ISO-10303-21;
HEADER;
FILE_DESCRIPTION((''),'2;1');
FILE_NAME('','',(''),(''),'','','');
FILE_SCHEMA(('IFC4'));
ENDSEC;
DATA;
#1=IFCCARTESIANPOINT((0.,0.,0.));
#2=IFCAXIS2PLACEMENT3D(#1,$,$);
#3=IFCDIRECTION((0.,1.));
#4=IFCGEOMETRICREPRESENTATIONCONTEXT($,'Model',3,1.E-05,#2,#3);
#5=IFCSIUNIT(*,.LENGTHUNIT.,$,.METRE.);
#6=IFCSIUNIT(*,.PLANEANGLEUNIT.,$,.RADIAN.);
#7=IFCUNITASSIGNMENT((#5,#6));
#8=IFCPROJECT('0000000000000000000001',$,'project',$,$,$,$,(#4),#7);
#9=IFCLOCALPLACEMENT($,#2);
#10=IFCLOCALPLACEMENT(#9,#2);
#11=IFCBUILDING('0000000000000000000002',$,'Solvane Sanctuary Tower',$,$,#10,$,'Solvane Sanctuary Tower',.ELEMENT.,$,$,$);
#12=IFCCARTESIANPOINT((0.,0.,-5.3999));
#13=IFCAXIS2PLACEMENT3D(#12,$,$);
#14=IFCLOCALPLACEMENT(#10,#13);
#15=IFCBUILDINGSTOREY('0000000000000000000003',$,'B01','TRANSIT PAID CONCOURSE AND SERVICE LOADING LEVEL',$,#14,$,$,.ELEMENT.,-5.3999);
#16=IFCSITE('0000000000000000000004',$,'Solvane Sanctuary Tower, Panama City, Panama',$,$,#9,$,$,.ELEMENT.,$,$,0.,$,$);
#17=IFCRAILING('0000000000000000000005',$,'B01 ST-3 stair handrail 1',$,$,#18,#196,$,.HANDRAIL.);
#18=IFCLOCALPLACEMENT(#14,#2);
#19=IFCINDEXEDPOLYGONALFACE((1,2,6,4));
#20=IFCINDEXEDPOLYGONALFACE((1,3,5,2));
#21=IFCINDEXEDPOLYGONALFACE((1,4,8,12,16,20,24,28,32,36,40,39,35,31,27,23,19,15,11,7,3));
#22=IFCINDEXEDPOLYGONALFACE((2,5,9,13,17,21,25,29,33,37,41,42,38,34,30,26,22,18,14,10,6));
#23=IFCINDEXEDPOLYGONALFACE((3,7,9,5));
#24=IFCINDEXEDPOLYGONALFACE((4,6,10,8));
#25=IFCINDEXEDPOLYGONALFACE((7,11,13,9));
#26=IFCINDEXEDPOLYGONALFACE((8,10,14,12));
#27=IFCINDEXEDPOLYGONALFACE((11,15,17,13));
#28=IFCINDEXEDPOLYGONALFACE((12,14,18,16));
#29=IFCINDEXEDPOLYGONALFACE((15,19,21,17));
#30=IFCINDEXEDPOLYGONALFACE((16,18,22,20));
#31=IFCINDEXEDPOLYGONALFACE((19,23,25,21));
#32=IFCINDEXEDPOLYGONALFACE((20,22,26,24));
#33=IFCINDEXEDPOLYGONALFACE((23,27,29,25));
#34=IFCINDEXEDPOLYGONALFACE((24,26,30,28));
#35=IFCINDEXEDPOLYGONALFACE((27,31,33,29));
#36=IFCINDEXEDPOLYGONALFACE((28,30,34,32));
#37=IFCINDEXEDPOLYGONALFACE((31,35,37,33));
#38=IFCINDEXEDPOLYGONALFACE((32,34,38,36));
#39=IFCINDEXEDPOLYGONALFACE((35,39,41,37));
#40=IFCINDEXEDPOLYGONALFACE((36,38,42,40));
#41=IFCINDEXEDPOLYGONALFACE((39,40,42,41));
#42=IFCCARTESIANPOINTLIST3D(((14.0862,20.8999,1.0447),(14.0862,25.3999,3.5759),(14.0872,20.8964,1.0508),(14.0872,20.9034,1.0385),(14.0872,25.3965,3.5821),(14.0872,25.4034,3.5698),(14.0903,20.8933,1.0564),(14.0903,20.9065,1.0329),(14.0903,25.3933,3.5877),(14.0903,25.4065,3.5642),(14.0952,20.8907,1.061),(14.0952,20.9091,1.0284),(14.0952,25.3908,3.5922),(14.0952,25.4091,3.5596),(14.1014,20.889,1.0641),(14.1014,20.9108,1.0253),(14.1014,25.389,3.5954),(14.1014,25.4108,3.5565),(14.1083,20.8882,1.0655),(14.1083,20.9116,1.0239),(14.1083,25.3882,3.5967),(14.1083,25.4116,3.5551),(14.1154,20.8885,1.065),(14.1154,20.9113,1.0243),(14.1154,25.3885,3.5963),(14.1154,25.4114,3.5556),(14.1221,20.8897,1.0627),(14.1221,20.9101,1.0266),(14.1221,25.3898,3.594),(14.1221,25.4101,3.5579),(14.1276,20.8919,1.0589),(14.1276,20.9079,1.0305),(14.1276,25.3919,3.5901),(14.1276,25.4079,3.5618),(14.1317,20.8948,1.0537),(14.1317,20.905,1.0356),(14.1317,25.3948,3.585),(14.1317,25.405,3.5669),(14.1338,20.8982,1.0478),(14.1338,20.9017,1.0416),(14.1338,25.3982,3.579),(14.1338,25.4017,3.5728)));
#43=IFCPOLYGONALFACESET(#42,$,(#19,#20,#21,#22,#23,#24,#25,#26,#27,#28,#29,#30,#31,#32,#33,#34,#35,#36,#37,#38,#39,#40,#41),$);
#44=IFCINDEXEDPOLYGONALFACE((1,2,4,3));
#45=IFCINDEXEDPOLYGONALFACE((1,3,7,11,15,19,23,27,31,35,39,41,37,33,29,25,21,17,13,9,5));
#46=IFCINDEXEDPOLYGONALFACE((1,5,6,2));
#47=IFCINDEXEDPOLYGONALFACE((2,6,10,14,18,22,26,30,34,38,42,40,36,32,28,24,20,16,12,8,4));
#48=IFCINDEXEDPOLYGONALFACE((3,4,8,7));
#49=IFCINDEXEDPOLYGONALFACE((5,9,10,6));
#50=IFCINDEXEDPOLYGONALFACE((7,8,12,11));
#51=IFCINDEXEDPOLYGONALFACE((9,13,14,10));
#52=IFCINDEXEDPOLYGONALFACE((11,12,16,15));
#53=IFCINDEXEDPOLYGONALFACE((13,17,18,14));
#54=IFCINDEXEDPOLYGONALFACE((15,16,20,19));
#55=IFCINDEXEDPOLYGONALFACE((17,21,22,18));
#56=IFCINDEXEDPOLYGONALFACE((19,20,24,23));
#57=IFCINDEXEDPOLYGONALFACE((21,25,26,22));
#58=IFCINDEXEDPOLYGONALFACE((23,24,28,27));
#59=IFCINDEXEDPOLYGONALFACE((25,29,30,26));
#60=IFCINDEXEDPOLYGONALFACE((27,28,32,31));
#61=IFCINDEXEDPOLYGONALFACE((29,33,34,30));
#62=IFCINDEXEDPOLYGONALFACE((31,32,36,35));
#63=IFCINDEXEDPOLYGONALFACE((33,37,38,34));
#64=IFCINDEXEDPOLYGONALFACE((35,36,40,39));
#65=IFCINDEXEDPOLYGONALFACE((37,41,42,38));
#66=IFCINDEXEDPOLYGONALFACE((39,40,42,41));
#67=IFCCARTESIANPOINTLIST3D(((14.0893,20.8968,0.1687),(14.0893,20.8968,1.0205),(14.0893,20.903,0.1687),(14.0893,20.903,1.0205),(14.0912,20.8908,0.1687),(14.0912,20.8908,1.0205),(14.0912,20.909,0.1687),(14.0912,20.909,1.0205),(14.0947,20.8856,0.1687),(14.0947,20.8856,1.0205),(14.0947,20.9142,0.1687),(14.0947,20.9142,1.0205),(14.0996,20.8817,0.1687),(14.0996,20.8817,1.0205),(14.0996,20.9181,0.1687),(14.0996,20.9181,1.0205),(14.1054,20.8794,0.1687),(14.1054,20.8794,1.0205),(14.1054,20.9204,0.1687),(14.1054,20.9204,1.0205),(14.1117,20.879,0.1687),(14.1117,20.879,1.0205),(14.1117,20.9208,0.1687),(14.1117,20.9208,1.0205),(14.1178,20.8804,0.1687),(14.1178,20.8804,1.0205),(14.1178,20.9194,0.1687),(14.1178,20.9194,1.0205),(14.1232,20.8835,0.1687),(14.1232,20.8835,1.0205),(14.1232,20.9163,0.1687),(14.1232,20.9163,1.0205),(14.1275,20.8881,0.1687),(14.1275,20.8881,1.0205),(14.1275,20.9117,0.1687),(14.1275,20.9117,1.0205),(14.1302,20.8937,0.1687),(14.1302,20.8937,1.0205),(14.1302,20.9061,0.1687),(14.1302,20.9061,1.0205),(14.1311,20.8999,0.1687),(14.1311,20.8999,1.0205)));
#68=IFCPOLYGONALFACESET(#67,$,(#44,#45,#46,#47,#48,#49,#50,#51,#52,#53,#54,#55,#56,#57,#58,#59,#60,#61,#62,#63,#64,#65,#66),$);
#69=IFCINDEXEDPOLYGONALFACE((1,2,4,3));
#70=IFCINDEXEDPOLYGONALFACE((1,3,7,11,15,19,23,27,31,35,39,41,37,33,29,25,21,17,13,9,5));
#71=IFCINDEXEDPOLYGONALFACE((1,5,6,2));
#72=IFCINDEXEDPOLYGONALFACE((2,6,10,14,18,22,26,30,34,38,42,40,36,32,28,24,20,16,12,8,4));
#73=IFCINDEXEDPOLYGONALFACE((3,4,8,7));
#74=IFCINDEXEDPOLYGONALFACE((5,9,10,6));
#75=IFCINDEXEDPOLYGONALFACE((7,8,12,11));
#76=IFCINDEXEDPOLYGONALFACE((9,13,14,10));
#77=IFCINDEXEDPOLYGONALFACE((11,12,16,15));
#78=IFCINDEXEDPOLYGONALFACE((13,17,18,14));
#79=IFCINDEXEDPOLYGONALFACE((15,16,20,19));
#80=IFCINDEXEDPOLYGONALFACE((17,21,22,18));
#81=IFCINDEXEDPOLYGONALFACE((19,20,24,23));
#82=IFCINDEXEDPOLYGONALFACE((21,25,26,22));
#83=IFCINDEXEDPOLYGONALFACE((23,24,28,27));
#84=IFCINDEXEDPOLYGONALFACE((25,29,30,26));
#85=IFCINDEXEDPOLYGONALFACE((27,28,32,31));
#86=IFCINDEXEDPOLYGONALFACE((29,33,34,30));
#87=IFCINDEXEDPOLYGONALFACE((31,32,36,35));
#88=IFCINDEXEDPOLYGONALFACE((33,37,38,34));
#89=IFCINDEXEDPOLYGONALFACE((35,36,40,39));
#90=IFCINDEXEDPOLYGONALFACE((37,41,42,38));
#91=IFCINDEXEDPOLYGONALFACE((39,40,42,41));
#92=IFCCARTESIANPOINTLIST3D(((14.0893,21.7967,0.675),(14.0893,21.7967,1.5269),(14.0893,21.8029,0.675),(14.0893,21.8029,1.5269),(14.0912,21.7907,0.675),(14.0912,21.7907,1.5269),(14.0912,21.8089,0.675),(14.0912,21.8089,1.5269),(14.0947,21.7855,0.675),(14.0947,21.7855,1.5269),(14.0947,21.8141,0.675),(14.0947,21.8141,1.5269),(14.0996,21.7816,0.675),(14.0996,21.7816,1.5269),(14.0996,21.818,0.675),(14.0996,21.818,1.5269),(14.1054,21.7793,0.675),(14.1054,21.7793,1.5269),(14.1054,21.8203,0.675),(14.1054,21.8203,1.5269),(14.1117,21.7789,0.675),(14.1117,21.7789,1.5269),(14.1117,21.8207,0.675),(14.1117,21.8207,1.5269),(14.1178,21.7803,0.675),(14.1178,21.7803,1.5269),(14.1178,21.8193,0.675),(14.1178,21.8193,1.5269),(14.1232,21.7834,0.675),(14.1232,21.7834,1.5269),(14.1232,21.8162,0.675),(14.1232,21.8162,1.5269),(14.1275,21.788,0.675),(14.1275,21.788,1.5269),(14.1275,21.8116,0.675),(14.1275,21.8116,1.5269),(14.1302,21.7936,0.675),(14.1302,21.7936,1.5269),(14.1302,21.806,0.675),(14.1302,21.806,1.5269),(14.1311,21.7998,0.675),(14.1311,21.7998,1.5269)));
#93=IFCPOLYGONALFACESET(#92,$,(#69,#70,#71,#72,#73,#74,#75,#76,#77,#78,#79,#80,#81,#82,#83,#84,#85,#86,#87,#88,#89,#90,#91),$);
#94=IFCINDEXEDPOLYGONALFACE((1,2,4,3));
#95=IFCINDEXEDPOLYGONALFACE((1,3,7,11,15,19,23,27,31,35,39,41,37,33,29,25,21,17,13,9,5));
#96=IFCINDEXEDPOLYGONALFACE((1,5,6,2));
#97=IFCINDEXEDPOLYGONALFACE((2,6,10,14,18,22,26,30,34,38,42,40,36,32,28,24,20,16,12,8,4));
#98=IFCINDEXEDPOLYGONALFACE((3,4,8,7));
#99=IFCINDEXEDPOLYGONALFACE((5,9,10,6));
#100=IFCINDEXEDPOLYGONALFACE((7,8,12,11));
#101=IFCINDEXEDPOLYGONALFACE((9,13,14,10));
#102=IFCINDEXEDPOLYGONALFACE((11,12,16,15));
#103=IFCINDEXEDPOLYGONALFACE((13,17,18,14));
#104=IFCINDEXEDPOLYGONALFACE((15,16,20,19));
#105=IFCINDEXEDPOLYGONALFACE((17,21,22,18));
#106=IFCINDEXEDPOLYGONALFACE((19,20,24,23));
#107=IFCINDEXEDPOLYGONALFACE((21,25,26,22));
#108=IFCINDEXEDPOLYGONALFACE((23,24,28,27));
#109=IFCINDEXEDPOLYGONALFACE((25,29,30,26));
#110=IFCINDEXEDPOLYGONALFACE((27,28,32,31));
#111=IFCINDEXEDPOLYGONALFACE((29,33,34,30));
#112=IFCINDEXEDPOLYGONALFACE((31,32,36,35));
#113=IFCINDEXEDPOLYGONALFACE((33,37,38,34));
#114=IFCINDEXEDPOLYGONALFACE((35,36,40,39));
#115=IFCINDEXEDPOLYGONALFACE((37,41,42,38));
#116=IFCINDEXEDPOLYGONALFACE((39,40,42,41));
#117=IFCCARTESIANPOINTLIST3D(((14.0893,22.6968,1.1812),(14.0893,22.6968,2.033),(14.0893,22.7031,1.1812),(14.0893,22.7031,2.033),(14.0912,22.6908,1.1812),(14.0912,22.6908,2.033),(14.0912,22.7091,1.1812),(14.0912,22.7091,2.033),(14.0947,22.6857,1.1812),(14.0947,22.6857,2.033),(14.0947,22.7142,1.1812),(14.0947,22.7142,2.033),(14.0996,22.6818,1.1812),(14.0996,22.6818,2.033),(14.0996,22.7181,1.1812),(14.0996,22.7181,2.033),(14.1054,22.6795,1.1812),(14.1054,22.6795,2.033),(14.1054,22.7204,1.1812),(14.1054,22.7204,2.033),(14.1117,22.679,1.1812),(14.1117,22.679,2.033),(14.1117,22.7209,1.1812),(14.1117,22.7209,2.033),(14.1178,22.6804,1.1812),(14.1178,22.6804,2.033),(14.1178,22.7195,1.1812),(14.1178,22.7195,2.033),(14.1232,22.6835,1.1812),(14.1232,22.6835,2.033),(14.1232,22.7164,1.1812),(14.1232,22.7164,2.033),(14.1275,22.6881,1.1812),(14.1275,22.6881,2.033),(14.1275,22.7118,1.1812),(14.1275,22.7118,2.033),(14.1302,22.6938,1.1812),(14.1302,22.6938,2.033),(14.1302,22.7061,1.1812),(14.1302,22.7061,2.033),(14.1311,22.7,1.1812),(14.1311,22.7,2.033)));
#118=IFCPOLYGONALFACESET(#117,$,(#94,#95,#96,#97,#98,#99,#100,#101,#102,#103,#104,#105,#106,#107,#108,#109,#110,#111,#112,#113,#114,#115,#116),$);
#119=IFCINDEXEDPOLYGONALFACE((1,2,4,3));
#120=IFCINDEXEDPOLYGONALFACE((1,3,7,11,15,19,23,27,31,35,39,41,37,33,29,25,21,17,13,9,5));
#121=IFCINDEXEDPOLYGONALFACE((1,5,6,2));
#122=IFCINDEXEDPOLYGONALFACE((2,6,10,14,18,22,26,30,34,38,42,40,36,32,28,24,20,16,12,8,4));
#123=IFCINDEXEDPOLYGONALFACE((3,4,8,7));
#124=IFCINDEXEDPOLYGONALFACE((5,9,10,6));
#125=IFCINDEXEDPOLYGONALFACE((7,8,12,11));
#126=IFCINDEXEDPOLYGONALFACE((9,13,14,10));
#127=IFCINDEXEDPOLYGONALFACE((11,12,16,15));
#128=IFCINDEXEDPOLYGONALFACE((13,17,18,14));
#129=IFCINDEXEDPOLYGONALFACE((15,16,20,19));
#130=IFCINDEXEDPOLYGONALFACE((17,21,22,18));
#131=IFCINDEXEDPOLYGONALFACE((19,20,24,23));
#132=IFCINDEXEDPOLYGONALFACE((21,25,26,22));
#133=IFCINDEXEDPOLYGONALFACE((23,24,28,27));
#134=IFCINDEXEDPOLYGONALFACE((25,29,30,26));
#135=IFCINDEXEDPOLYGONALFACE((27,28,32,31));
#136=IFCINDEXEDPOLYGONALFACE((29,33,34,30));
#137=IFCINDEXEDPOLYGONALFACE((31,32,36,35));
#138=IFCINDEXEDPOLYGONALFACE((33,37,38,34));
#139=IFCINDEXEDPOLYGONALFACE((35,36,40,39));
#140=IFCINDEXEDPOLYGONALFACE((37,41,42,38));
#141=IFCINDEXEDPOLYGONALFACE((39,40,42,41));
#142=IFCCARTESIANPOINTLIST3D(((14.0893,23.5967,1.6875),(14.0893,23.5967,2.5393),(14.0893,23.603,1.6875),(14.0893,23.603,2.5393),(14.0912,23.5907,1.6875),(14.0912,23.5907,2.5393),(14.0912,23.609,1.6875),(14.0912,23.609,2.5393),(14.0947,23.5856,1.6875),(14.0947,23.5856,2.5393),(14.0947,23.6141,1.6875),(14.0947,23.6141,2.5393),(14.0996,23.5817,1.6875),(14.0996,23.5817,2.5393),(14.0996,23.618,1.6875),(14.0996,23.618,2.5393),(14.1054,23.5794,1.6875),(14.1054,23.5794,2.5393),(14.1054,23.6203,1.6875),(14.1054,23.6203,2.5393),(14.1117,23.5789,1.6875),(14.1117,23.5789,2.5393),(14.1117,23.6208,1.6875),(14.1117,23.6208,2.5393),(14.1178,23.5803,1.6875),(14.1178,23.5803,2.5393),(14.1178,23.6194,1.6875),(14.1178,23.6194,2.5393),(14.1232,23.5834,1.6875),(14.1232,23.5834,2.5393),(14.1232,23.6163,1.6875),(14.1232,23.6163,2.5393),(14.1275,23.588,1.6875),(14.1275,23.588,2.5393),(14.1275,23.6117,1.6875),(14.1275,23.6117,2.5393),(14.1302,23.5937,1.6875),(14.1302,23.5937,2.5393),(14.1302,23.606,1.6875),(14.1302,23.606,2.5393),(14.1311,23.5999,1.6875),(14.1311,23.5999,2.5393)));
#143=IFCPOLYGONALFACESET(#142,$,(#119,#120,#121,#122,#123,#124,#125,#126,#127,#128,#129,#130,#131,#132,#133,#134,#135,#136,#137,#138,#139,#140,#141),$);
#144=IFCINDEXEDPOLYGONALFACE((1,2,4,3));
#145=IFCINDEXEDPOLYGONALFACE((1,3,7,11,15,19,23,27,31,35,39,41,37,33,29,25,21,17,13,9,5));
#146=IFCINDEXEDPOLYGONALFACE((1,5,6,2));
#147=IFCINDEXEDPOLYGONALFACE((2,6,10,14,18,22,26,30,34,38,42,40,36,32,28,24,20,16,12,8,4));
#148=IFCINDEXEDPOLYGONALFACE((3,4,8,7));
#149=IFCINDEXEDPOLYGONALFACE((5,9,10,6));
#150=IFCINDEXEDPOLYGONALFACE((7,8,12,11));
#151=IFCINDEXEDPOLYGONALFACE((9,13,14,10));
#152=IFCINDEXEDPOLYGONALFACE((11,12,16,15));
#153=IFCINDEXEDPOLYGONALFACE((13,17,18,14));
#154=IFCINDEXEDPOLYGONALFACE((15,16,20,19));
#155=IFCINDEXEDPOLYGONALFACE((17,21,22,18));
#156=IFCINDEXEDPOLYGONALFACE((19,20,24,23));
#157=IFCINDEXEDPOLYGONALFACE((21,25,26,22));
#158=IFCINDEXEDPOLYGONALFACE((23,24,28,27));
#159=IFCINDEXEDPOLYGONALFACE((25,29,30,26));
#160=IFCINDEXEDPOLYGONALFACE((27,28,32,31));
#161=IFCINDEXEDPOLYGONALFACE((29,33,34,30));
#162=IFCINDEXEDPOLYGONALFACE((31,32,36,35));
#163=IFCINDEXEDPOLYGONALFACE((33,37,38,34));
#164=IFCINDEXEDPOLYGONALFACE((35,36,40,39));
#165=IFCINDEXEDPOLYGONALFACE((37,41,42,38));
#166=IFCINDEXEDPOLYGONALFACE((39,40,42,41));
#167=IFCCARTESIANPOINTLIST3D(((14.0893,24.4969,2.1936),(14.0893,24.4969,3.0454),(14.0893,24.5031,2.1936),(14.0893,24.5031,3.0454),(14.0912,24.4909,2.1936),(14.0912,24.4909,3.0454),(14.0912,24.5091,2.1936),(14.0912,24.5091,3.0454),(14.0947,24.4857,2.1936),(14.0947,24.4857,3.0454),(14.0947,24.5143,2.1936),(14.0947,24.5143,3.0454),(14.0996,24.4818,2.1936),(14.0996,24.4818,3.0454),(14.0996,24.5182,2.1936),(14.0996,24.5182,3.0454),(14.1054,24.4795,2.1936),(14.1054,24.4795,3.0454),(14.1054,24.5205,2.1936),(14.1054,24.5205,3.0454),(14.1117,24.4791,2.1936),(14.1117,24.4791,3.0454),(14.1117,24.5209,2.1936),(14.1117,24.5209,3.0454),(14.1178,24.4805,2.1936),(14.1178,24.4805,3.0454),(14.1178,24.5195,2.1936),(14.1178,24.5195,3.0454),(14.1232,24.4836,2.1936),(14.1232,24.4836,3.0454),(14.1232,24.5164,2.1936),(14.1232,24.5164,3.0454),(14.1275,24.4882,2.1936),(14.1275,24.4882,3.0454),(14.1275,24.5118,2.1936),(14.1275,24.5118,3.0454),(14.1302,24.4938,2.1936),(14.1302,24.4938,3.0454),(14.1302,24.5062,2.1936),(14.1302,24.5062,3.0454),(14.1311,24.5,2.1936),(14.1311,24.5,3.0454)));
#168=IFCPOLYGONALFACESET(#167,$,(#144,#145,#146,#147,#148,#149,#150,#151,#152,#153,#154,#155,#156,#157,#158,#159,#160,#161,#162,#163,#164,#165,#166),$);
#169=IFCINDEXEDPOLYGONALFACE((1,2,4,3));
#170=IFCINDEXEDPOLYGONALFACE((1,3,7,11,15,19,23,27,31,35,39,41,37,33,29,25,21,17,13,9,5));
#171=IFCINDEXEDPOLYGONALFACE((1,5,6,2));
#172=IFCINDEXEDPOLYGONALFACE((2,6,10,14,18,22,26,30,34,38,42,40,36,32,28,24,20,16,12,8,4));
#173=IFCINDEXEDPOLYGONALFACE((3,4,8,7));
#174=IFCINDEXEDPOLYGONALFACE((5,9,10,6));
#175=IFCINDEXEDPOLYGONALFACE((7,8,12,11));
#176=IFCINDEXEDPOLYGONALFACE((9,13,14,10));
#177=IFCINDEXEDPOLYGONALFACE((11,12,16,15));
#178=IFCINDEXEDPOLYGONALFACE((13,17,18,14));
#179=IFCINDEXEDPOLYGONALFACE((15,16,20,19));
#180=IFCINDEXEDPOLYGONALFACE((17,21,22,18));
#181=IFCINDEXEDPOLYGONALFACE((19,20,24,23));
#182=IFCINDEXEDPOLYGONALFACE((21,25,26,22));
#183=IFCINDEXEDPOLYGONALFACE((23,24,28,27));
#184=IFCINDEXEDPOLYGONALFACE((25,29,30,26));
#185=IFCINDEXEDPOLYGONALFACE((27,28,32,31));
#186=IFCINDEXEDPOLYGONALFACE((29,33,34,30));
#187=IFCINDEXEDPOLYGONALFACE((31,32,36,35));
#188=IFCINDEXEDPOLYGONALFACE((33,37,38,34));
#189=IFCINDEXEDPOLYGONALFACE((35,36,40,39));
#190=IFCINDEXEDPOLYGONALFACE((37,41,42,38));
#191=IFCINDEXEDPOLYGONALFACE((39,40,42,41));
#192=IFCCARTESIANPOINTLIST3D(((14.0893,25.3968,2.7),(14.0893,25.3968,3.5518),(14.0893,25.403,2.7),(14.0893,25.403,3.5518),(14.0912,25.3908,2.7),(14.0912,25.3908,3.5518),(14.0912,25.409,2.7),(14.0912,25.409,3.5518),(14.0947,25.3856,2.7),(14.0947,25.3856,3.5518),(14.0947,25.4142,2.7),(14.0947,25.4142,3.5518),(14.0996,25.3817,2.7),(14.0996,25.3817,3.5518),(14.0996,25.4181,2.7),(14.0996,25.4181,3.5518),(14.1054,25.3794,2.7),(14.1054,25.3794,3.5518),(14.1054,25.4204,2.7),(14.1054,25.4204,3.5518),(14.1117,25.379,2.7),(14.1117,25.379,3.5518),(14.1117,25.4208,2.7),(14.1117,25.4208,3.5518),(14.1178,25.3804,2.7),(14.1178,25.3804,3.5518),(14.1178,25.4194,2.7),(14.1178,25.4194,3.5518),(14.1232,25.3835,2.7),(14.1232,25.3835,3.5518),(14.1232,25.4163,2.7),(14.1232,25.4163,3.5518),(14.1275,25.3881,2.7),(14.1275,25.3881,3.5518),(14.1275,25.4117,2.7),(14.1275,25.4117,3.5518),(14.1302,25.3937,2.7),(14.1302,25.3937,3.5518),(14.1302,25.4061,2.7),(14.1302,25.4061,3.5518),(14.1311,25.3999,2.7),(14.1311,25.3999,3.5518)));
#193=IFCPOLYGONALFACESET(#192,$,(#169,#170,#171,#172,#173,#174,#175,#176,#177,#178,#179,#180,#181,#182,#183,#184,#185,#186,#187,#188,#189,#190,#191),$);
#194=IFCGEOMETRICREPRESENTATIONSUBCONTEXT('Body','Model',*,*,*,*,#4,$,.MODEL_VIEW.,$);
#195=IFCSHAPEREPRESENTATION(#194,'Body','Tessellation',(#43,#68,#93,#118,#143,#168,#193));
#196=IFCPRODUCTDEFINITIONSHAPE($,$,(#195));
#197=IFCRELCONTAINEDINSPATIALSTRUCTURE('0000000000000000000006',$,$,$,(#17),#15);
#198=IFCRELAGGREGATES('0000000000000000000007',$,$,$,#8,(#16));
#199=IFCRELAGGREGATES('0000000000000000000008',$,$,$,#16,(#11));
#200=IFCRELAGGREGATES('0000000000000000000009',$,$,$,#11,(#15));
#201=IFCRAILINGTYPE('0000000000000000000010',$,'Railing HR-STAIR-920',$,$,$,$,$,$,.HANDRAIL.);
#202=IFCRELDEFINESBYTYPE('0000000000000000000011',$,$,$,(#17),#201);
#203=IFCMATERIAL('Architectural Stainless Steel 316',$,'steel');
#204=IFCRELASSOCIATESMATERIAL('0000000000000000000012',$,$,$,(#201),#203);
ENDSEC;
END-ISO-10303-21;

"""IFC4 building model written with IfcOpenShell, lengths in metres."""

from ifc_helpers import new_model, si_unit, direction, frame, origin, origin_2d, place, context, subcontext, project, spatial, circle, extrude, material, type_object, element, save


model = new_model("IFC4")

# Units and contexts
model_context = context("Model", 3, precision=1e-05, world=origin(), true_north=direction((0.0, 1.0)))
body_context = subcontext(model_context, "Body", "Model", "MODEL_VIEW")
ifc_project = project(units=[si_unit("LENGTHUNIT", "METRE"), si_unit("PLANEANGLEUNIT", "RADIAN")], contexts=[model_context])

# Site, building, storey
site_placement = place(None, origin())
site = spatial("IfcSite", under=ifc_project, at=site_placement, Name="Solvane Sanctuary Tower, Panama City, Panama", CompositionType="ELEMENT", RefElevation=0.0)
building_placement = place(site_placement, origin())
building = spatial("IfcBuilding", under=site, at=building_placement, Name="Solvane Sanctuary Tower", LongName="Solvane Sanctuary Tower", CompositionType="ELEMENT")
storey_placement = place(building_placement, frame((0.0, 0.0, -5.3999)))
storey = spatial("IfcBuildingStorey", under=building, at=storey_placement, Name="B01", Description="TRANSIT PAID CONCOURSE AND SERVICE LOADING LEVEL", CompositionType="ELEMENT", Elevation=-5.3999)

# Shared definitions
ifc_material_1 = material(Name="Architectural Stainless Steel 316", Category="steel")

# Railing
railing_type_1 = type_object("IfcRailingType", Name="Railing HR-STAIR-920", PredefinedType="HANDRAIL", material=ifc_material_1)
railing_1_placement = place(storey_placement, frame((14.1101, 20.8999, 0.1687)))
element("IfcRailing", 1, at=railing_1_placement, inside=storey, type_object=railing_type_1, Name="B01 ST-3 stair handrail 1", PredefinedType="HANDRAIL", context=body_context, shape_type="SweptSolid", body=[
    extrude(circle(Radius=0.0239, at=origin_2d()), frame((0.0, 0.0, 0.876), z_axis=(0.0, 0.871576, 0.490261), x_axis=(-1.0, 0.0, 0.0)), (0.0, 0.0, 1.0), 5.1631),
    extrude(circle(Radius=0.021, at=origin_2d()), origin(), (0.0, 0.0, 1.0), 0.8518),
    extrude(circle(Radius=0.021, at=origin_2d()), frame((0.0, 0.8999, 0.5063)), (0.0, 0.0, 1.0), 0.8518),
    extrude(circle(Radius=0.021, at=origin_2d()), frame((0.0, 1.8, 1.0125)), (0.0, 0.0, 1.0), 0.8518),
    extrude(circle(Radius=0.021, at=origin_2d()), frame((0.0, 2.7, 1.5188)), (0.0, 0.0, 1.0), 0.8518),
    extrude(circle(Radius=0.021, at=origin_2d()), frame((0.0, 3.6001, 2.0249)), (0.0, 0.0, 1.0), 0.8518),
    extrude(circle(Radius=0.021, at=origin_2d()), frame((0.0, 4.5, 2.5312)), (0.0, 0.0, 1.0), 0.8518),
])

save(model, "model.ifc")
